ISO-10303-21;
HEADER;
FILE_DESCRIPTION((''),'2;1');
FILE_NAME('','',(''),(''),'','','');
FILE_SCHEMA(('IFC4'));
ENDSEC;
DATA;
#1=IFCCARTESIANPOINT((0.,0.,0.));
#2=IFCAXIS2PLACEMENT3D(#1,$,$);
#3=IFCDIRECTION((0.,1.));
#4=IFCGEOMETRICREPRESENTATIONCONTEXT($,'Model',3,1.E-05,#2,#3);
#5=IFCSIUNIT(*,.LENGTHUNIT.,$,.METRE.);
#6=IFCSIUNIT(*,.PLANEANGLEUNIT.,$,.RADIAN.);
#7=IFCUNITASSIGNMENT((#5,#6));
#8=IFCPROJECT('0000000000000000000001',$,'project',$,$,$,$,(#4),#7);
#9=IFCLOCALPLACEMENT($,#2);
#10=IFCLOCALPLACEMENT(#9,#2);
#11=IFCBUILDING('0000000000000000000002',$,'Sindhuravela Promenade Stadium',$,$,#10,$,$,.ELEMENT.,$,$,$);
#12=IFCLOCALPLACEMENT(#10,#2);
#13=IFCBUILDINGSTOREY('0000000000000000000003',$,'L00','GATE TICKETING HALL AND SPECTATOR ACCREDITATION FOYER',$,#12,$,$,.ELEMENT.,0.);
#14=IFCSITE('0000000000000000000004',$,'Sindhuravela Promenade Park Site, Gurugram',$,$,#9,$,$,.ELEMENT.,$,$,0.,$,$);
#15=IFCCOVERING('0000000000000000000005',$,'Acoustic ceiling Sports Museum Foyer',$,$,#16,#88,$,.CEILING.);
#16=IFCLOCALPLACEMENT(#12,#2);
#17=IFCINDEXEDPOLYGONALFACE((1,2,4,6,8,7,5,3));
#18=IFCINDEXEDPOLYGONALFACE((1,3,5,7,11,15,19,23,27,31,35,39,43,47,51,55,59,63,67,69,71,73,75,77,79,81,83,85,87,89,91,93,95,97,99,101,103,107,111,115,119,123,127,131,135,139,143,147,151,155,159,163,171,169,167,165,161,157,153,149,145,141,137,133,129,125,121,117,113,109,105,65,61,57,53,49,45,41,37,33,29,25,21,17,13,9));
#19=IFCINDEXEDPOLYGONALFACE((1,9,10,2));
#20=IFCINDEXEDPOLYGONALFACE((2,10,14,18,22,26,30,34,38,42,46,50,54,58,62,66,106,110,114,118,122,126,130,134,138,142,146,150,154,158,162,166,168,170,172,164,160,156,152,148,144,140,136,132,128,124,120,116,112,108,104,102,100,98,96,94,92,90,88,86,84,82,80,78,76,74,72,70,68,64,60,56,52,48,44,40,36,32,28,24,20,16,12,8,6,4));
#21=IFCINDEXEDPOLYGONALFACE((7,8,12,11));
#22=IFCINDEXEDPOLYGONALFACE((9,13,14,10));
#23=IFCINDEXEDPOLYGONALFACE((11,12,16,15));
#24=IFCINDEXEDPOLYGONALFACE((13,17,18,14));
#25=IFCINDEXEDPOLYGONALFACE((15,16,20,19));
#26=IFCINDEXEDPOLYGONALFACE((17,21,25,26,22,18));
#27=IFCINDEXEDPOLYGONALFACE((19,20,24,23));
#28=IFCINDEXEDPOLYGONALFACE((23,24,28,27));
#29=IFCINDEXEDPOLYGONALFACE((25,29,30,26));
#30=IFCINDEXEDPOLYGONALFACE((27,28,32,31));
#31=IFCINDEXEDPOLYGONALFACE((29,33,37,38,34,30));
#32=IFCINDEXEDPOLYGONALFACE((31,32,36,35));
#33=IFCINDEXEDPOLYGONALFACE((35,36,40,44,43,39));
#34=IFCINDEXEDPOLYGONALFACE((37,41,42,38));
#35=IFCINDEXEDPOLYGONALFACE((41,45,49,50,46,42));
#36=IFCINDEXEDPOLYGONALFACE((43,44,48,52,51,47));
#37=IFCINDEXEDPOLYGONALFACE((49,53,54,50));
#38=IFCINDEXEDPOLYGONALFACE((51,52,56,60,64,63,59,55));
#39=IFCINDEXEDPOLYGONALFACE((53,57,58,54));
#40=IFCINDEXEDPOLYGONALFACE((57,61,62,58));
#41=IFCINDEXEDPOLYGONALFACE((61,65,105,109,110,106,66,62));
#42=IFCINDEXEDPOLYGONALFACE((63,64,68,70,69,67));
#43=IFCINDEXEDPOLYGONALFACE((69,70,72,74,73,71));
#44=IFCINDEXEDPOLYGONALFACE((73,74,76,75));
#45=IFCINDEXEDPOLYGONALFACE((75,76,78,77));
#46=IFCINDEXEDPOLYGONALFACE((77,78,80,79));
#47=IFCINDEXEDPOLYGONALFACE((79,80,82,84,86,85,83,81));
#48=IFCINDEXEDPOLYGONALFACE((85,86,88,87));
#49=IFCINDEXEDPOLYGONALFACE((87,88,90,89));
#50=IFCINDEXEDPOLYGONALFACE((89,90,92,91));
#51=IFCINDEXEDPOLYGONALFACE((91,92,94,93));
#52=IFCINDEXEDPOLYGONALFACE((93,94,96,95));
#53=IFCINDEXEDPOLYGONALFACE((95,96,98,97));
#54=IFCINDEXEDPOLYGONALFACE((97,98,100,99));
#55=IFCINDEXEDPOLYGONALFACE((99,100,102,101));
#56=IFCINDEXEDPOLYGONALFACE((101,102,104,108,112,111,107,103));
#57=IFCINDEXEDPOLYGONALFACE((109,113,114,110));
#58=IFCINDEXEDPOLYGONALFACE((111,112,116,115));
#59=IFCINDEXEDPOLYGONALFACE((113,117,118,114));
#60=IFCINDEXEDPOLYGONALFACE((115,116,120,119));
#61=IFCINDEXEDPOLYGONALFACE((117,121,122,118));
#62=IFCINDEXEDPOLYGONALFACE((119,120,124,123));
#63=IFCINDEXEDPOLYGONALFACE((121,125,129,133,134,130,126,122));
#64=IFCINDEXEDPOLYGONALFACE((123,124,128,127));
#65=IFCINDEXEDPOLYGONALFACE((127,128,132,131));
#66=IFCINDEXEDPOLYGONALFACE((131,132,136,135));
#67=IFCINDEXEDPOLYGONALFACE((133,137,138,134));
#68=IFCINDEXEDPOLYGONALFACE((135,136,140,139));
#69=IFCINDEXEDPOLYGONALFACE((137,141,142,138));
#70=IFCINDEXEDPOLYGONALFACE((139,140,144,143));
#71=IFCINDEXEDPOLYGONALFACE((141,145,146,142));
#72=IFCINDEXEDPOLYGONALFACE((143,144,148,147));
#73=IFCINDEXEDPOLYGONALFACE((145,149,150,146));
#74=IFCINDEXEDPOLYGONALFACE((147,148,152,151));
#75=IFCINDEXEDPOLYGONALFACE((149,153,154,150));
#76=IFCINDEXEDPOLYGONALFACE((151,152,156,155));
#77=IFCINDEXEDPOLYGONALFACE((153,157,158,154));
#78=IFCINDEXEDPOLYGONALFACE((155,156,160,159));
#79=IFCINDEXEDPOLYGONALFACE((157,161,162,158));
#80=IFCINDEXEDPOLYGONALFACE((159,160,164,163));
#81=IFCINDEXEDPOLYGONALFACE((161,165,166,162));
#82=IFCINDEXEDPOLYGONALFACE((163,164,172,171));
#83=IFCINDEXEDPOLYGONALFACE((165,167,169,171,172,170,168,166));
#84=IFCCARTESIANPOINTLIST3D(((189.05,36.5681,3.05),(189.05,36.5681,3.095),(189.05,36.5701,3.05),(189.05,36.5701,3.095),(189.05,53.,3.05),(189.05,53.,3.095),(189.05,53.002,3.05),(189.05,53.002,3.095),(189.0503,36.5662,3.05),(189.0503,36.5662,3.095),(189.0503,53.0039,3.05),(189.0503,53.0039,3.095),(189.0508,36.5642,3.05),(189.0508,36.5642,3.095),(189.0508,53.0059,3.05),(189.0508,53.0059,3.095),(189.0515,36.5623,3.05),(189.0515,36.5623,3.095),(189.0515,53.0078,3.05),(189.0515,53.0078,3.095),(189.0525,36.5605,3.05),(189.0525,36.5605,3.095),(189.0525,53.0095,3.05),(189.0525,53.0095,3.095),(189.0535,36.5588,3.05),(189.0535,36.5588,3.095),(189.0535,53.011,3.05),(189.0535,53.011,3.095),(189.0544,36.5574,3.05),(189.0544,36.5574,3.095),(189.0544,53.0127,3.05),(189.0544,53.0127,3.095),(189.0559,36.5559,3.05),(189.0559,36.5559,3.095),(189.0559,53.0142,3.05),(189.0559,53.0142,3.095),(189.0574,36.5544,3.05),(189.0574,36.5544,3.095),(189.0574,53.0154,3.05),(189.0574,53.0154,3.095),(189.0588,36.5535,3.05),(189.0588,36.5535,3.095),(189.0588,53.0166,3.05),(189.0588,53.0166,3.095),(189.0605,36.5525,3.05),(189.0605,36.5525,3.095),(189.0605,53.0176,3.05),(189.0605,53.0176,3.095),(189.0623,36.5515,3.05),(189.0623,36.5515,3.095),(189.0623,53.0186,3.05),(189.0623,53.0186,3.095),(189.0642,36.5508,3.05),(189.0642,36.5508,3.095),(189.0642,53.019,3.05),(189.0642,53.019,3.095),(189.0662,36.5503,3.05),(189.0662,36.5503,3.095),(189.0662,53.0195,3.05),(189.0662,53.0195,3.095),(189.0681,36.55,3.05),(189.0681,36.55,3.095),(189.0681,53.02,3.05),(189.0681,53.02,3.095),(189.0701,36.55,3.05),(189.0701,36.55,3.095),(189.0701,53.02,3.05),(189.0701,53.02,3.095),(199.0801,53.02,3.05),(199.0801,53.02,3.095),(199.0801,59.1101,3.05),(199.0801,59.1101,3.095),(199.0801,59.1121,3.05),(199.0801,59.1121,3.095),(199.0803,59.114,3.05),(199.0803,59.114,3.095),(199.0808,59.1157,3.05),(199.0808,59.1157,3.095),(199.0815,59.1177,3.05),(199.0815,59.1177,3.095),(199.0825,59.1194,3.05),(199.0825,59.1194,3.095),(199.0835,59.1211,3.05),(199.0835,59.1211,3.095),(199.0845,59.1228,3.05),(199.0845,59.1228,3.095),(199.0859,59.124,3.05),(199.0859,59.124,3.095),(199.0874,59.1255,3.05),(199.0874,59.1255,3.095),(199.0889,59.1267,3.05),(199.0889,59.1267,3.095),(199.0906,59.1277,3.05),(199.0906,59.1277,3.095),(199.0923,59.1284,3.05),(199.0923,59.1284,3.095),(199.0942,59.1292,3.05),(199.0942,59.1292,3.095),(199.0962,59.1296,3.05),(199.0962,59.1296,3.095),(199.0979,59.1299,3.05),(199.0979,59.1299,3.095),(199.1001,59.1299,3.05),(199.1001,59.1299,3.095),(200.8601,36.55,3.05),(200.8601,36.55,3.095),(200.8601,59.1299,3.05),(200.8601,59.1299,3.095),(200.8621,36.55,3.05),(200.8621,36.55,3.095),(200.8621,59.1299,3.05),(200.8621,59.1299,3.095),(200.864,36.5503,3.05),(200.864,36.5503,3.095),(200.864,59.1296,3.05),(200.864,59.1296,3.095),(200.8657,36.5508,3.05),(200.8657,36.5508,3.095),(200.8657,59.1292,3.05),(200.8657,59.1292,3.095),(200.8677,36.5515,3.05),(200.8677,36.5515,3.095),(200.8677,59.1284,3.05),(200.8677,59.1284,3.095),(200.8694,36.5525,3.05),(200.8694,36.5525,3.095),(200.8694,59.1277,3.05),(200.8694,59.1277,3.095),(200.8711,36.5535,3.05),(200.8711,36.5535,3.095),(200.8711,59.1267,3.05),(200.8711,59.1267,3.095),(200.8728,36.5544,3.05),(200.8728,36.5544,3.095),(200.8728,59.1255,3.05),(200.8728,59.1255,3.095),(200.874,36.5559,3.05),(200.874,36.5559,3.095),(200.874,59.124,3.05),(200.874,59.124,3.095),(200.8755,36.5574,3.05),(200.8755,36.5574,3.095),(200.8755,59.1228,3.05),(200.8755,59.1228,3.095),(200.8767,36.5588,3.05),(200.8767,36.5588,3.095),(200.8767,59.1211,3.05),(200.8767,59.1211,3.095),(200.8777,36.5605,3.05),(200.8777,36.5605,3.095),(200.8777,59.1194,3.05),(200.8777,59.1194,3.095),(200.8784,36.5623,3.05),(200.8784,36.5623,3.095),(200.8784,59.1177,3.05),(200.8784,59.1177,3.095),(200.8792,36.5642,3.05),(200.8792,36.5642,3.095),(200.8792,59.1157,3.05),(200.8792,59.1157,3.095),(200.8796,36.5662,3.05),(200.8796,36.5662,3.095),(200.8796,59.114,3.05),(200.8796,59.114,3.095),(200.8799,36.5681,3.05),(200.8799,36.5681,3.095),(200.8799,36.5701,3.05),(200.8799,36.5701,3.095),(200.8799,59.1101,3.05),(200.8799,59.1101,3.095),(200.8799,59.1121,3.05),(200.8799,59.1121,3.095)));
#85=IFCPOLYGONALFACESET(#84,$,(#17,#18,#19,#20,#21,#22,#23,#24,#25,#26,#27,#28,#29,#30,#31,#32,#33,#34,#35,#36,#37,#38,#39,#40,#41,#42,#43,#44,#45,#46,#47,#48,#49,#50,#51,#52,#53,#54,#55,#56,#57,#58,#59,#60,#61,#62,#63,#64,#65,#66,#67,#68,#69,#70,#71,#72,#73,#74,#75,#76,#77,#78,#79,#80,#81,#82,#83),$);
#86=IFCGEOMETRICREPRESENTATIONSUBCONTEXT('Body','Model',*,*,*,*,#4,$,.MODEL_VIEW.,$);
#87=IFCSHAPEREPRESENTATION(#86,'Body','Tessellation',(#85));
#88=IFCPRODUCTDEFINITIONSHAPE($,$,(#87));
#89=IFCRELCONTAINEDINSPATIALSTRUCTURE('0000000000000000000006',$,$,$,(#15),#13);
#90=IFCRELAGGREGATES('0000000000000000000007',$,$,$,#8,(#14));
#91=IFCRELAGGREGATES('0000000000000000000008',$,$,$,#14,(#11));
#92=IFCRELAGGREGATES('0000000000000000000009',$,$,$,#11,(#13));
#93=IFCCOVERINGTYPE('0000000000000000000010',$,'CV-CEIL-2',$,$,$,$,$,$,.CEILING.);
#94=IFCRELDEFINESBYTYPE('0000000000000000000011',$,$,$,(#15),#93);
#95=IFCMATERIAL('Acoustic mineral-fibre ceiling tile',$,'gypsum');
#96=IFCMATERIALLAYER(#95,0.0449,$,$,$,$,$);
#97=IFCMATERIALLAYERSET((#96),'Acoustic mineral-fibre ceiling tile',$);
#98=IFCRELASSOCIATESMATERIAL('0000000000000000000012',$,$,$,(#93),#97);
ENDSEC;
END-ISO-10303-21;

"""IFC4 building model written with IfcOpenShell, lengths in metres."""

from ifc_helpers import new_model, si_unit, direction, frame, origin, place, context, subcontext, project, spatial, polyline, outline, extrude, material, layer, layer_set, type_object, element, save


model = new_model("IFC4")

# Units and contexts
model_context = context("Model", 3, precision=1e-05, world=origin(), true_north=direction((0.0, 1.0)))
body_context = subcontext(model_context, "Body", "Model", "MODEL_VIEW")
ifc_project = project(units=[si_unit("LENGTHUNIT", "METRE"), si_unit("PLANEANGLEUNIT", "RADIAN")], contexts=[model_context])

# Site, building, storey
site_placement = place(None, origin())
site = spatial("IfcSite", under=ifc_project, at=site_placement, Name="Sindhuravela Promenade Park Site, Gurugram", CompositionType="ELEMENT", RefElevation=0.0)
building_placement = place(site_placement, origin())
building = spatial("IfcBuilding", under=site, at=building_placement, Name="Sindhuravela Promenade Stadium", CompositionType="ELEMENT")
storey_placement = place(building_placement, origin())
storey = spatial("IfcBuildingStorey", under=building, at=storey_placement, Name="L00", Description="GATE TICKETING HALL AND SPECTATOR ACCREDITATION FOYER", CompositionType="ELEMENT", Elevation=0.0)

# Covering
ifc_material = material(Name="Acoustic mineral-fibre ceiling tile", Category="gypsum")
ifc_layer_1 = layer(ifc_material, 0.0449)
ifc_layer_set_1 = layer_set([ifc_layer_1], Name="Acoustic mineral-fibre ceiling tile")
covering_type_1 = type_object("IfcCoveringType", Name="CV-CEIL-2", PredefinedType="CEILING", material=ifc_layer_set_1)
covering_1_placement = place(storey_placement, frame((0.0, 0.0, 3.05)))
element("IfcCovering", 1, at=covering_1_placement, inside=storey, type_object=covering_type_1, Name="Acoustic ceiling Sports Museum Foyer", PredefinedType="CEILING", context=body_context, shape_type="SweptSolid", body=[
    extrude(outline(polyline([(199.0801, 53.02), (199.0801, 59.1101), (199.0801, 59.1121), (199.0803, 59.114), (199.0808, 59.1157), (199.0815, 59.1177), (199.0825, 59.1194), (199.0835, 59.1211), (199.0845, 59.1228), (199.0859, 59.124), (199.0874, 59.1255), (199.0889, 59.1267), (199.0906, 59.1277), (199.0923, 59.1284), (199.0942, 59.1292), (199.0962, 59.1296), (199.0979, 59.1299), (199.1001, 59.1299), (200.8601, 59.1299), (200.8621, 59.1299), (200.864, 59.1296), (200.8657, 59.1292), (200.8677, 59.1284), (200.8694, 59.1277), (200.8711, 59.1267), (200.8728, 59.1255), (200.874, 59.124), (200.8755, 59.1228), (200.8767, 59.1211), (200.8777, 59.1194), (200.8784, 59.1177), (200.8792, 59.1157), (200.8796, 59.114), (200.8799, 59.1121), (200.8799, 59.1101), (200.8799, 36.5701), (200.8799, 36.5681), (200.8796, 36.5662), (200.8792, 36.5642), (200.8784, 36.5623), (200.8777, 36.5605), (200.8767, 36.5588), (200.8755, 36.5574), (200.874, 36.5559), (200.8728, 36.5544), (200.8711, 36.5535), (200.8694, 36.5525), (200.8677, 36.5515), (200.8657, 36.5508), (200.864, 36.5503), (200.8621, 36.55), (200.8601, 36.55), (189.0701, 36.55), (189.0681, 36.55), (189.0662, 36.5503), (189.0642, 36.5508), (189.0623, 36.5515), (189.0605, 36.5525), (189.0588, 36.5535), (189.0574, 36.5544), (189.0559, 36.5559), (189.0544, 36.5574), (189.0535, 36.5588), (189.0525, 36.5605), (189.0515, 36.5623), (189.0508, 36.5642), (189.0503, 36.5662), (189.05, 36.5681), (189.05, 36.5701), (189.05, 53.0), (189.05, 53.002), (189.0503, 53.0039), (189.0508, 53.0059), (189.0515, 53.0078), (189.0525, 53.0095), (189.0535, 53.011), (189.0544, 53.0127), (189.0559, 53.0142), (189.0574, 53.0154), (189.0588, 53.0166), (189.0605, 53.0176), (189.0623, 53.0186), (189.0642, 53.019), (189.0662, 53.0195), (189.0681, 53.02), (189.0701, 53.02), (199.0801, 53.02)])), origin(), (0.0, 0.0, 1.0), 0.0449),
])

save(model, "model.ifc")
